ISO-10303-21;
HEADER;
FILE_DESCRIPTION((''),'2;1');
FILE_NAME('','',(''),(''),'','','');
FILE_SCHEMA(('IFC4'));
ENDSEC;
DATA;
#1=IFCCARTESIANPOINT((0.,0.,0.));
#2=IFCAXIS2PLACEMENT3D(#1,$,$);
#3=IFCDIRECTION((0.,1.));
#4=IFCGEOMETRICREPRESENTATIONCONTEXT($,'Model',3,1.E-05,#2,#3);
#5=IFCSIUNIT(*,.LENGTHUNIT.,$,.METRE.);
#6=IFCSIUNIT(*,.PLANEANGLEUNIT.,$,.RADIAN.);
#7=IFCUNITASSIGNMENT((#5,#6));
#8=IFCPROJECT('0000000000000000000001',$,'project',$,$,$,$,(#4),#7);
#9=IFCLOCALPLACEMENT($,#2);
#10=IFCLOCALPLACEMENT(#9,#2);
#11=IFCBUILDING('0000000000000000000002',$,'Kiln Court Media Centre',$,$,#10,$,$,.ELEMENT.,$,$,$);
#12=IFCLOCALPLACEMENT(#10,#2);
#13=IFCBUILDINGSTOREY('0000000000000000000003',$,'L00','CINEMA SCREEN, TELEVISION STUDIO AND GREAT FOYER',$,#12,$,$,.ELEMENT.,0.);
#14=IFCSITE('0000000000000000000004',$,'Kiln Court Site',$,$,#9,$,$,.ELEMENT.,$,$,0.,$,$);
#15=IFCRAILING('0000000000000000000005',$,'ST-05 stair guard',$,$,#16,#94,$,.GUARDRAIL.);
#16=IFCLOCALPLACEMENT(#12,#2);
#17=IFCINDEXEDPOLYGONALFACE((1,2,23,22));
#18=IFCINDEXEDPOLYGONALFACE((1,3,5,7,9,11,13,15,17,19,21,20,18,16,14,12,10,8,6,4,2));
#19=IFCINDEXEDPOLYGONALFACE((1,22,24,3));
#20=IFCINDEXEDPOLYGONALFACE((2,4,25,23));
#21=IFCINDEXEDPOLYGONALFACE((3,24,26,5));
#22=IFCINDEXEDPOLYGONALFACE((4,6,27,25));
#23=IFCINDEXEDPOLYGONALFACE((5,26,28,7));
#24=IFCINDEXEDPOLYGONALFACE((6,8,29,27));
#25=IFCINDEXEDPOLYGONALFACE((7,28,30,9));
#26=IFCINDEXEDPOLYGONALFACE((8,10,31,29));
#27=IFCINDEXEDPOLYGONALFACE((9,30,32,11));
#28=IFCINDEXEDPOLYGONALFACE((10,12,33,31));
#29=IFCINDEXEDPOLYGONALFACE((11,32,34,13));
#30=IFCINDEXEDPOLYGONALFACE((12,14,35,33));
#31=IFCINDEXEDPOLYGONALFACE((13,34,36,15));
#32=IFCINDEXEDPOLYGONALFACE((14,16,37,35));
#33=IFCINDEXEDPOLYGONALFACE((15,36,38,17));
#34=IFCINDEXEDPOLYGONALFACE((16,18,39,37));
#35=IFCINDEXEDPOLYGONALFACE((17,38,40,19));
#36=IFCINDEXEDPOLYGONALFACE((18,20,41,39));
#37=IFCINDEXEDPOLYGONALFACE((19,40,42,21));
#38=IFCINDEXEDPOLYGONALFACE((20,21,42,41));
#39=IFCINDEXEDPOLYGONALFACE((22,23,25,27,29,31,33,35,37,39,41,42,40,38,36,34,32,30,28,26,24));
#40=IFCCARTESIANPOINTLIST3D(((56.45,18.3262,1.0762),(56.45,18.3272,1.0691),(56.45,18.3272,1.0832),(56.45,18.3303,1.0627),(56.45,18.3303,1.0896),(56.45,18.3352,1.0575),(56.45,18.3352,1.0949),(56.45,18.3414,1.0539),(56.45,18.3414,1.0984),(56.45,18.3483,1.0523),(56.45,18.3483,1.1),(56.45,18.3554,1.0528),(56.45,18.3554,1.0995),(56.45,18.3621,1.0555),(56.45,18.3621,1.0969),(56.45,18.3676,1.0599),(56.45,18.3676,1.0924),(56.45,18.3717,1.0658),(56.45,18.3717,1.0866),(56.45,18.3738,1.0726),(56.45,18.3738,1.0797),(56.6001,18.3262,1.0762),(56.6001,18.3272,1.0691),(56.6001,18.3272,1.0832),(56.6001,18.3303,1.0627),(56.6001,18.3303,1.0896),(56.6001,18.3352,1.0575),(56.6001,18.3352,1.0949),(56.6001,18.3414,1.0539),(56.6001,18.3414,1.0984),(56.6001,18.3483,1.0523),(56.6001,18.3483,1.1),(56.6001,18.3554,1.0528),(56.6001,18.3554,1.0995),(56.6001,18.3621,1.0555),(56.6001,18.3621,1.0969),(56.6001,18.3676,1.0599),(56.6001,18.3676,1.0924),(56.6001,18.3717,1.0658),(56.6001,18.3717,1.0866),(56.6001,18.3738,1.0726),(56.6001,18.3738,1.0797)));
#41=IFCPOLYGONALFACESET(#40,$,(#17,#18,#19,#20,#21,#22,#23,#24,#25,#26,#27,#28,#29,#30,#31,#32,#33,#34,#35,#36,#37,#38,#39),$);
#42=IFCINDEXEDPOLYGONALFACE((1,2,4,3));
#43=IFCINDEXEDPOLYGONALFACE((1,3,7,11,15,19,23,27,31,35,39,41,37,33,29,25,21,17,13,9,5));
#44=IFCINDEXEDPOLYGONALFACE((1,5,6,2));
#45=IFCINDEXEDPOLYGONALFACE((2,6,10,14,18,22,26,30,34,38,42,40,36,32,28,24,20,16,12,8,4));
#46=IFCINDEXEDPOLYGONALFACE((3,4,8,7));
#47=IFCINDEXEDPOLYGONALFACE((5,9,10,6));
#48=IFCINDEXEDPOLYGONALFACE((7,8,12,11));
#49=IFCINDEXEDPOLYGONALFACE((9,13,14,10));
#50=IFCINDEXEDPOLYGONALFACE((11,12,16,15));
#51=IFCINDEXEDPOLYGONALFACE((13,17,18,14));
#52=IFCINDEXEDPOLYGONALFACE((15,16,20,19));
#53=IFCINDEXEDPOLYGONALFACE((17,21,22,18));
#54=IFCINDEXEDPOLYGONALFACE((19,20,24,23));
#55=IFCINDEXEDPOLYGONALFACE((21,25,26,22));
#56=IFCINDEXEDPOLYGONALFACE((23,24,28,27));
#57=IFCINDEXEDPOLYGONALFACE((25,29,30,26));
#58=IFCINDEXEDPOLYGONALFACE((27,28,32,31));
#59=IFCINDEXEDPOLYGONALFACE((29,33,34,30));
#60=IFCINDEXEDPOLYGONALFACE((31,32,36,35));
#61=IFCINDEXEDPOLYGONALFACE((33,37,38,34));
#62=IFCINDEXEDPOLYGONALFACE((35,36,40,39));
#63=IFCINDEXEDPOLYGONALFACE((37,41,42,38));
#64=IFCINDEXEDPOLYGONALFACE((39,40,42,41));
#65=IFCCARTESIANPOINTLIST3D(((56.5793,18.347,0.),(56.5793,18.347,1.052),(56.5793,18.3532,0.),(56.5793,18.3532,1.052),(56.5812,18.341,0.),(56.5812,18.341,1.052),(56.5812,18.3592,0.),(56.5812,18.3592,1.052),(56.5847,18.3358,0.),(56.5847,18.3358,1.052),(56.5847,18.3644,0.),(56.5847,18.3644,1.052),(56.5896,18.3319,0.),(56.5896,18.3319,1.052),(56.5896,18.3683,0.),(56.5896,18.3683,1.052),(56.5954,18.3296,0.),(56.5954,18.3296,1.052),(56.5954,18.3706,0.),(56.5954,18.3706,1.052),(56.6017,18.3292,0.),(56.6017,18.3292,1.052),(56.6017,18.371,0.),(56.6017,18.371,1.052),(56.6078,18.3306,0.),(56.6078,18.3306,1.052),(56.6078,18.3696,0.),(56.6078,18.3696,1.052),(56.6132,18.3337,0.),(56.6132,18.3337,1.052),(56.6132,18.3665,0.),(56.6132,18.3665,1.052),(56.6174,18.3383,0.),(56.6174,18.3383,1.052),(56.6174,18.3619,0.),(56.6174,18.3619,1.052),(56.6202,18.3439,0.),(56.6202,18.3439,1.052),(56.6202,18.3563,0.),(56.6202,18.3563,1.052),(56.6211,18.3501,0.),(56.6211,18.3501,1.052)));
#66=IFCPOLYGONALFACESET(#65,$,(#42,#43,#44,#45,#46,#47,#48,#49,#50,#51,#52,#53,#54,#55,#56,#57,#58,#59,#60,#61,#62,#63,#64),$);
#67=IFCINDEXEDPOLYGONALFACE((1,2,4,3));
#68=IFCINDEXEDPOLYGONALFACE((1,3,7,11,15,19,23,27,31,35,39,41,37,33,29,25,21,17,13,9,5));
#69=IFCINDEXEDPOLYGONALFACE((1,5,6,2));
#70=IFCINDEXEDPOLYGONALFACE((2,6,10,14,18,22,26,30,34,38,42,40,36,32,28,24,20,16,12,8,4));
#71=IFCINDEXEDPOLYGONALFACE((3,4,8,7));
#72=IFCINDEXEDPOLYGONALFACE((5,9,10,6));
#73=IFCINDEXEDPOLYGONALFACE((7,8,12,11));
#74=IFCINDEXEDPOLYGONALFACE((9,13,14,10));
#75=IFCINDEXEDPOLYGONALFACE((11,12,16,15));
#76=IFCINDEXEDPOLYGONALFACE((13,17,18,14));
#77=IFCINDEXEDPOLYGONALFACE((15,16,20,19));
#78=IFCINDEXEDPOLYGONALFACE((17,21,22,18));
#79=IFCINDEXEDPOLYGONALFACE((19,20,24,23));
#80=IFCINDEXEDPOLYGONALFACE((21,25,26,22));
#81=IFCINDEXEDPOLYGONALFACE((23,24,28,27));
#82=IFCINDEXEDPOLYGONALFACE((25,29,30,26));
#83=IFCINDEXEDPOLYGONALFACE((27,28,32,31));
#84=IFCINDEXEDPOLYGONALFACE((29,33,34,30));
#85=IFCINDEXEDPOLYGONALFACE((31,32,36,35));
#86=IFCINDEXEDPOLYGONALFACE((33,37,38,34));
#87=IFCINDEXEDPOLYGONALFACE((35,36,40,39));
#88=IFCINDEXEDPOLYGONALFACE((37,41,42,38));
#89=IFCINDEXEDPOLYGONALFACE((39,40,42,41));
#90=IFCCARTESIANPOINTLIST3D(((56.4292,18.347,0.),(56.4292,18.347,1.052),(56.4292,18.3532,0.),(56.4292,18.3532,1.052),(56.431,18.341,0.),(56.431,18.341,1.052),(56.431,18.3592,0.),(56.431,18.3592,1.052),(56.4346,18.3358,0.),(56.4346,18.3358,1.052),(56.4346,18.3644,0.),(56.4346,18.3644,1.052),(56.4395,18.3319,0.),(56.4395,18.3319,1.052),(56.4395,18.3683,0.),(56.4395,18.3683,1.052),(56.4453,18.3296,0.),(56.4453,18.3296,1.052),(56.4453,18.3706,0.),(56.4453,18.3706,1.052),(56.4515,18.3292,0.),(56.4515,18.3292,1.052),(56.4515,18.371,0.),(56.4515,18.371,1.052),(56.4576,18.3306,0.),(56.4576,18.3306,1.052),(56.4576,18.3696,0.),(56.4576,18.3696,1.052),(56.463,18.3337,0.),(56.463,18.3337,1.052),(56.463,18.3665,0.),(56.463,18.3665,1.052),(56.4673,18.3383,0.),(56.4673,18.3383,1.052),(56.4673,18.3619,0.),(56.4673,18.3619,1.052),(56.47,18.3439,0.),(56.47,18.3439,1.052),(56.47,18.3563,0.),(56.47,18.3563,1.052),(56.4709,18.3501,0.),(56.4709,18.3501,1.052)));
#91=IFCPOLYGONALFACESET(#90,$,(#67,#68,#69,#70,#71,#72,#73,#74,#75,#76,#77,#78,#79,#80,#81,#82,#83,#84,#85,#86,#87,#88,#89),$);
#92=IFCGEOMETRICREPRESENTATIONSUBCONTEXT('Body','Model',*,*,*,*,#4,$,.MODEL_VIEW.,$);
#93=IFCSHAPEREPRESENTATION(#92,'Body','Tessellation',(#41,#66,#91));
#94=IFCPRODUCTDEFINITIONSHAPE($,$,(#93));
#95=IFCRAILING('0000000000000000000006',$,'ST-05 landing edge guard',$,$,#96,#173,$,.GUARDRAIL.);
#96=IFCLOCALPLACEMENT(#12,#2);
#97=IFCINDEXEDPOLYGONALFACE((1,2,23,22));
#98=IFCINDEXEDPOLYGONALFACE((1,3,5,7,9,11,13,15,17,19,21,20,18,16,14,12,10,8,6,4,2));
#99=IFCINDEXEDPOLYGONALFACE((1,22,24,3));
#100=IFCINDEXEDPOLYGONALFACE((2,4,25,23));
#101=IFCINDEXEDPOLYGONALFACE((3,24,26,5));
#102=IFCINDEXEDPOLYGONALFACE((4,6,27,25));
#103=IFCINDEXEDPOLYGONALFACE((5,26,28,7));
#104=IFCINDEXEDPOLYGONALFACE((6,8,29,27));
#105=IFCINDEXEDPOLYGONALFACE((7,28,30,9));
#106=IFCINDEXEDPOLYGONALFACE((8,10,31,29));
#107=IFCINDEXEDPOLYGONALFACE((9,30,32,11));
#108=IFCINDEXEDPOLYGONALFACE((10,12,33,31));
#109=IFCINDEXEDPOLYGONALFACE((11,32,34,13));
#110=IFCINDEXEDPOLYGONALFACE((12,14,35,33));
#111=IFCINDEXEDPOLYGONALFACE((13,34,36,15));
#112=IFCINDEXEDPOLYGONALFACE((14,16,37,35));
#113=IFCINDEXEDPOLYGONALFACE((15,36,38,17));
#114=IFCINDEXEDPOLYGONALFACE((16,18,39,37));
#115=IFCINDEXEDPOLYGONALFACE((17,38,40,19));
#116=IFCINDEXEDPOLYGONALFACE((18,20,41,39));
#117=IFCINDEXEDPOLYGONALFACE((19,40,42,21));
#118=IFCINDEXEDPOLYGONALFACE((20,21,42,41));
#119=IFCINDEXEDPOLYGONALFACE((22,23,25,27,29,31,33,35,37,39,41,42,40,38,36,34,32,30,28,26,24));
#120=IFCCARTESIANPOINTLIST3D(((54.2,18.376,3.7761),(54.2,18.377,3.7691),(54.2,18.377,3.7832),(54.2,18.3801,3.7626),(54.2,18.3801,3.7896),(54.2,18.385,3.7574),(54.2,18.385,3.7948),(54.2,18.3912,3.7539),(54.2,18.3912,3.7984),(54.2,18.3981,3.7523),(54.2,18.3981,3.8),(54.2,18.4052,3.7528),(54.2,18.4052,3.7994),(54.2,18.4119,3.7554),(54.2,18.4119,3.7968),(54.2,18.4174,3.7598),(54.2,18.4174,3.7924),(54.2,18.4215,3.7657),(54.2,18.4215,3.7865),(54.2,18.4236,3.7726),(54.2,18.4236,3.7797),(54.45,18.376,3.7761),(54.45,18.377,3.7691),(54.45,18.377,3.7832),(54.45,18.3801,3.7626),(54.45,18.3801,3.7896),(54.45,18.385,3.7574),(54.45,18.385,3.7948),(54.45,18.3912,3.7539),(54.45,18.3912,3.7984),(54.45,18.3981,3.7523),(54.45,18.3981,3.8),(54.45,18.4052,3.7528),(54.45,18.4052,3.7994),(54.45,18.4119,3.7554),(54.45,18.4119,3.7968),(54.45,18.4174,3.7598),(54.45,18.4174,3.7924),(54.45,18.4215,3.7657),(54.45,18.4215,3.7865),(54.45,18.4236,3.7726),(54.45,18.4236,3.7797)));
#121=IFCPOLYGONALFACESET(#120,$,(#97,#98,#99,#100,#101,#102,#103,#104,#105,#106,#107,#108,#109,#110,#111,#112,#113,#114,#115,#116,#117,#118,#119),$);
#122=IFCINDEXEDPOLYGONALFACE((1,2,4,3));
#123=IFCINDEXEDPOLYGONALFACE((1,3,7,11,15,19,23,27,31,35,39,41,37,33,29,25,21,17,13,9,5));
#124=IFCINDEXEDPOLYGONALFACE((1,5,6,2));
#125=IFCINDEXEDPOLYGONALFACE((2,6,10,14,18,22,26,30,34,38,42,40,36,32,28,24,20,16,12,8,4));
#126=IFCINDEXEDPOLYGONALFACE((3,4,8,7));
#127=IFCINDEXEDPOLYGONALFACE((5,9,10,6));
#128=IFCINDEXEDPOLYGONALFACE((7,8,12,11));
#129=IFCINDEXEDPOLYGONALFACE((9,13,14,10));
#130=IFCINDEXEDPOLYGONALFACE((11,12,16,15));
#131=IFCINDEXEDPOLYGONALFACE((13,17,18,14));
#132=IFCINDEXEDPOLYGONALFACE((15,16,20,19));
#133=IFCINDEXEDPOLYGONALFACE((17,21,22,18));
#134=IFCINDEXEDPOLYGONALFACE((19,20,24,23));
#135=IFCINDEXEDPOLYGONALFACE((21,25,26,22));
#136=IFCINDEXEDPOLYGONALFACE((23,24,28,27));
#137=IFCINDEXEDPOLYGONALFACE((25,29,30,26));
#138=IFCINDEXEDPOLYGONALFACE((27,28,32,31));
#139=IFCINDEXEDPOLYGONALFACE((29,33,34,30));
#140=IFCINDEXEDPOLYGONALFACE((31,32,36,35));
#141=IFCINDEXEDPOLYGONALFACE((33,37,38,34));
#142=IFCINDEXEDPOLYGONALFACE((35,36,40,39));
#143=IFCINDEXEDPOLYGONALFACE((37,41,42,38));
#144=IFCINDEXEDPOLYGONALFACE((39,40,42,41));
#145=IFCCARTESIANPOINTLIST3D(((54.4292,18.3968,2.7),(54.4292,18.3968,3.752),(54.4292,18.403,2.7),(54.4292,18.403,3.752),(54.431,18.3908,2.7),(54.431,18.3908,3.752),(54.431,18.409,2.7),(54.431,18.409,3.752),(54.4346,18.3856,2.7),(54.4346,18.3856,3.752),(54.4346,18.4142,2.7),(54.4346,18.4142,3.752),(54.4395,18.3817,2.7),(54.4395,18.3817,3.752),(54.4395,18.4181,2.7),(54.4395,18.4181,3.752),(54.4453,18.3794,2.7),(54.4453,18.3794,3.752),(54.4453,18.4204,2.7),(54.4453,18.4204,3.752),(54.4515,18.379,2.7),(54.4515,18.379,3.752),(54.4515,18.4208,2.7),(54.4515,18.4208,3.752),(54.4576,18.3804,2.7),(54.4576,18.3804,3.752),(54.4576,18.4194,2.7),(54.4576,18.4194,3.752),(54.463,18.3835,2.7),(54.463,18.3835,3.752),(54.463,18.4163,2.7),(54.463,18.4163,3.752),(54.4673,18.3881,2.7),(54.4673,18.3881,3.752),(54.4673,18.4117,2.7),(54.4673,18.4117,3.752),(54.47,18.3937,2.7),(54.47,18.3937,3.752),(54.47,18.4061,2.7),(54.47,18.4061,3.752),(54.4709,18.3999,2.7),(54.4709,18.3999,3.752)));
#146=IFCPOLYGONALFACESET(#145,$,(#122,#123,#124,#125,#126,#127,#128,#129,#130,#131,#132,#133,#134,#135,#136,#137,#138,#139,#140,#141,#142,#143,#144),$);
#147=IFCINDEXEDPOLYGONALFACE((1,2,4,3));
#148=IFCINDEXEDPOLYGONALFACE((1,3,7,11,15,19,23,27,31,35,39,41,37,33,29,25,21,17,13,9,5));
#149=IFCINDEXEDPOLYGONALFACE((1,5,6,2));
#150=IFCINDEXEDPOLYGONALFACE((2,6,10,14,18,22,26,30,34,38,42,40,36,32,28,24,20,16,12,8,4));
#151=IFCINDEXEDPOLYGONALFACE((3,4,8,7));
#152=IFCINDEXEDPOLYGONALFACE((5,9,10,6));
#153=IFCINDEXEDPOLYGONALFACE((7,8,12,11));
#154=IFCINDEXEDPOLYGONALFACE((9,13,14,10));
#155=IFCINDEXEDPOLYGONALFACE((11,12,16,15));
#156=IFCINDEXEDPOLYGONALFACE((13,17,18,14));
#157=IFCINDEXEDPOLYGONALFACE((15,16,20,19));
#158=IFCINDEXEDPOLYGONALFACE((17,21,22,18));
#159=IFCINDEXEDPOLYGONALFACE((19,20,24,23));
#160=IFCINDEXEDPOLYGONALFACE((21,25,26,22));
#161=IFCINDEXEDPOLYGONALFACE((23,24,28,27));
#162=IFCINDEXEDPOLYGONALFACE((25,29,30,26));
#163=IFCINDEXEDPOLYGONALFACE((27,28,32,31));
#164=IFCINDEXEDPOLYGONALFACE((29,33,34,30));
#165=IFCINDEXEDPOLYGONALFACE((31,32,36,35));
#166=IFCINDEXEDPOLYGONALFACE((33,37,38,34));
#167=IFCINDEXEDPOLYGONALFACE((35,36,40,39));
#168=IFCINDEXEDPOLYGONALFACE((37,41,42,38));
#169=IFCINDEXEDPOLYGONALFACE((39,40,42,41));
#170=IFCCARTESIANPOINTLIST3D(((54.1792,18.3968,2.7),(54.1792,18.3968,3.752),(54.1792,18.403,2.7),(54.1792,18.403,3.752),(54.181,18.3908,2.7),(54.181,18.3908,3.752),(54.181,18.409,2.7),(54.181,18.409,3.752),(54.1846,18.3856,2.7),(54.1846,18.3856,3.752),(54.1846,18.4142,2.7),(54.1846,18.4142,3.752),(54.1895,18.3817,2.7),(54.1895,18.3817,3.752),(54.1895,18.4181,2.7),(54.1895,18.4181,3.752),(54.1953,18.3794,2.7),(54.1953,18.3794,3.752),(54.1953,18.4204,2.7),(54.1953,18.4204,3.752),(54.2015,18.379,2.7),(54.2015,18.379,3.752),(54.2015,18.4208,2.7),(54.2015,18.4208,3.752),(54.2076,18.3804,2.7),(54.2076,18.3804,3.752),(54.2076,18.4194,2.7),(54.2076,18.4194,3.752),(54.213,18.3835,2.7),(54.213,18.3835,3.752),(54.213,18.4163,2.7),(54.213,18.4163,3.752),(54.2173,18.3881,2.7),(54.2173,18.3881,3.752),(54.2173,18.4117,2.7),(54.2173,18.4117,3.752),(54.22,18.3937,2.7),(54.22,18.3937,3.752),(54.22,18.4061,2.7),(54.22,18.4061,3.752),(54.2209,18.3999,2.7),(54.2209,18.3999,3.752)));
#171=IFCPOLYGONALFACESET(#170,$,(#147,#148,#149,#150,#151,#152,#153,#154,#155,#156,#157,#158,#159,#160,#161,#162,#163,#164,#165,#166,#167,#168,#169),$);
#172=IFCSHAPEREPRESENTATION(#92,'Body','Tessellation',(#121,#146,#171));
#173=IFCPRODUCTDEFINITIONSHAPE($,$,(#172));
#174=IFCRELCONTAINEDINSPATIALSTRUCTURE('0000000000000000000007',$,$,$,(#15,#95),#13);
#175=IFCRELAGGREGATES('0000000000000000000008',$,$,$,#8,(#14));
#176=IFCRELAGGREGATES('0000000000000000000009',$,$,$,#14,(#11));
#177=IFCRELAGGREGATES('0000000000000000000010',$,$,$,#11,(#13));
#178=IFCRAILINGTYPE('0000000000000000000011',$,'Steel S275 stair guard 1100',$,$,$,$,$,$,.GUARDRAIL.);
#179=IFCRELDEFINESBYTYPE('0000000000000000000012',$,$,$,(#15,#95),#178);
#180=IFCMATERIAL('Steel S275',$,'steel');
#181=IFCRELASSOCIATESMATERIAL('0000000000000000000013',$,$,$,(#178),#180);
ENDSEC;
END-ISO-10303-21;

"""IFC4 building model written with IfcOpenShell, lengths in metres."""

from ifc_helpers import new_model, si_unit, direction, frame, origin, origin_2d, place, context, subcontext, project, spatial, circle, extrude, material, type_object, element, save


model = new_model("IFC4")

# Units and contexts
model_context = context("Model", 3, precision=1e-05, world=origin(), true_north=direction((0.0, 1.0)))
body_context = subcontext(model_context, "Body", "Model", "MODEL_VIEW")
ifc_project = project(units=[si_unit("LENGTHUNIT", "METRE"), si_unit("PLANEANGLEUNIT", "RADIAN")], contexts=[model_context])

# Site, building, storey
site_placement = place(None, origin())
site = spatial("IfcSite", under=ifc_project, at=site_placement, Name="Kiln Court Site", CompositionType="ELEMENT", RefElevation=0.0)
building_placement = place(site_placement, origin())
building = spatial("IfcBuilding", under=site, at=building_placement, Name="Kiln Court Media Centre", CompositionType="ELEMENT")
storey_placement = place(building_placement, origin())
storey = spatial("IfcBuildingStorey", under=building, at=storey_placement, Name="L00", Description="CINEMA SCREEN, TELEVISION STUDIO AND GREAT FOYER", CompositionType="ELEMENT", Elevation=0.0)

# Railings
ifc_material_1 = material(Name="Steel S275", Category="steel")
railing_type = type_object("IfcRailingType", Name="Steel S275 stair guard 1100", PredefinedType="GUARDRAIL", material=ifc_material_1)
railing_1_placement = place(storey_placement, frame((56.6001, 18.3501, 0.0)))
element("IfcRailing", 1, at=railing_1_placement, inside=storey, type_object=railing_type, Name="ST-05 stair guard", PredefinedType="GUARDRAIL", context=body_context, shape_type="SweptSolid", body=[
    extrude(circle(Radius=0.0239, at=origin_2d()), frame((0.0, 0.0, 1.0762), z_axis=(-1.0, 0.0, 0.0), x_axis=(0.0, -1.0, 0.0)), (0.0, 0.0, 1.0), 0.1501),
    extrude(circle(Radius=0.021, at=origin_2d()), origin(), (0.0, 0.0, 1.0), 1.052),
    extrude(circle(Radius=0.021, at=origin_2d()), frame((-0.1501, 0.0, 0.0)), (0.0, 0.0, 1.0), 1.052),
])
railing_2_placement = place(storey_placement, frame((54.45, 18.3999, 2.7)))
element("IfcRailing", 2, at=railing_2_placement, inside=storey, type_object=railing_type, Name="ST-05 landing edge guard", PredefinedType="GUARDRAIL", context=body_context, shape_type="SweptSolid", body=[
    extrude(circle(Radius=0.0239, at=origin_2d()), frame((0.0, 0.0, 1.0762), z_axis=(-1.0, 0.0, 0.0), x_axis=(0.0, -1.0, 0.0)), (0.0, 0.0, 1.0), 0.25),
    extrude(circle(Radius=0.021, at=origin_2d()), origin(), (0.0, 0.0, 1.0), 1.052),
    extrude(circle(Radius=0.021, at=origin_2d()), frame((-0.25, 0.0, 0.0)), (0.0, 0.0, 1.0), 1.052),
])

save(model, "model.ifc")
